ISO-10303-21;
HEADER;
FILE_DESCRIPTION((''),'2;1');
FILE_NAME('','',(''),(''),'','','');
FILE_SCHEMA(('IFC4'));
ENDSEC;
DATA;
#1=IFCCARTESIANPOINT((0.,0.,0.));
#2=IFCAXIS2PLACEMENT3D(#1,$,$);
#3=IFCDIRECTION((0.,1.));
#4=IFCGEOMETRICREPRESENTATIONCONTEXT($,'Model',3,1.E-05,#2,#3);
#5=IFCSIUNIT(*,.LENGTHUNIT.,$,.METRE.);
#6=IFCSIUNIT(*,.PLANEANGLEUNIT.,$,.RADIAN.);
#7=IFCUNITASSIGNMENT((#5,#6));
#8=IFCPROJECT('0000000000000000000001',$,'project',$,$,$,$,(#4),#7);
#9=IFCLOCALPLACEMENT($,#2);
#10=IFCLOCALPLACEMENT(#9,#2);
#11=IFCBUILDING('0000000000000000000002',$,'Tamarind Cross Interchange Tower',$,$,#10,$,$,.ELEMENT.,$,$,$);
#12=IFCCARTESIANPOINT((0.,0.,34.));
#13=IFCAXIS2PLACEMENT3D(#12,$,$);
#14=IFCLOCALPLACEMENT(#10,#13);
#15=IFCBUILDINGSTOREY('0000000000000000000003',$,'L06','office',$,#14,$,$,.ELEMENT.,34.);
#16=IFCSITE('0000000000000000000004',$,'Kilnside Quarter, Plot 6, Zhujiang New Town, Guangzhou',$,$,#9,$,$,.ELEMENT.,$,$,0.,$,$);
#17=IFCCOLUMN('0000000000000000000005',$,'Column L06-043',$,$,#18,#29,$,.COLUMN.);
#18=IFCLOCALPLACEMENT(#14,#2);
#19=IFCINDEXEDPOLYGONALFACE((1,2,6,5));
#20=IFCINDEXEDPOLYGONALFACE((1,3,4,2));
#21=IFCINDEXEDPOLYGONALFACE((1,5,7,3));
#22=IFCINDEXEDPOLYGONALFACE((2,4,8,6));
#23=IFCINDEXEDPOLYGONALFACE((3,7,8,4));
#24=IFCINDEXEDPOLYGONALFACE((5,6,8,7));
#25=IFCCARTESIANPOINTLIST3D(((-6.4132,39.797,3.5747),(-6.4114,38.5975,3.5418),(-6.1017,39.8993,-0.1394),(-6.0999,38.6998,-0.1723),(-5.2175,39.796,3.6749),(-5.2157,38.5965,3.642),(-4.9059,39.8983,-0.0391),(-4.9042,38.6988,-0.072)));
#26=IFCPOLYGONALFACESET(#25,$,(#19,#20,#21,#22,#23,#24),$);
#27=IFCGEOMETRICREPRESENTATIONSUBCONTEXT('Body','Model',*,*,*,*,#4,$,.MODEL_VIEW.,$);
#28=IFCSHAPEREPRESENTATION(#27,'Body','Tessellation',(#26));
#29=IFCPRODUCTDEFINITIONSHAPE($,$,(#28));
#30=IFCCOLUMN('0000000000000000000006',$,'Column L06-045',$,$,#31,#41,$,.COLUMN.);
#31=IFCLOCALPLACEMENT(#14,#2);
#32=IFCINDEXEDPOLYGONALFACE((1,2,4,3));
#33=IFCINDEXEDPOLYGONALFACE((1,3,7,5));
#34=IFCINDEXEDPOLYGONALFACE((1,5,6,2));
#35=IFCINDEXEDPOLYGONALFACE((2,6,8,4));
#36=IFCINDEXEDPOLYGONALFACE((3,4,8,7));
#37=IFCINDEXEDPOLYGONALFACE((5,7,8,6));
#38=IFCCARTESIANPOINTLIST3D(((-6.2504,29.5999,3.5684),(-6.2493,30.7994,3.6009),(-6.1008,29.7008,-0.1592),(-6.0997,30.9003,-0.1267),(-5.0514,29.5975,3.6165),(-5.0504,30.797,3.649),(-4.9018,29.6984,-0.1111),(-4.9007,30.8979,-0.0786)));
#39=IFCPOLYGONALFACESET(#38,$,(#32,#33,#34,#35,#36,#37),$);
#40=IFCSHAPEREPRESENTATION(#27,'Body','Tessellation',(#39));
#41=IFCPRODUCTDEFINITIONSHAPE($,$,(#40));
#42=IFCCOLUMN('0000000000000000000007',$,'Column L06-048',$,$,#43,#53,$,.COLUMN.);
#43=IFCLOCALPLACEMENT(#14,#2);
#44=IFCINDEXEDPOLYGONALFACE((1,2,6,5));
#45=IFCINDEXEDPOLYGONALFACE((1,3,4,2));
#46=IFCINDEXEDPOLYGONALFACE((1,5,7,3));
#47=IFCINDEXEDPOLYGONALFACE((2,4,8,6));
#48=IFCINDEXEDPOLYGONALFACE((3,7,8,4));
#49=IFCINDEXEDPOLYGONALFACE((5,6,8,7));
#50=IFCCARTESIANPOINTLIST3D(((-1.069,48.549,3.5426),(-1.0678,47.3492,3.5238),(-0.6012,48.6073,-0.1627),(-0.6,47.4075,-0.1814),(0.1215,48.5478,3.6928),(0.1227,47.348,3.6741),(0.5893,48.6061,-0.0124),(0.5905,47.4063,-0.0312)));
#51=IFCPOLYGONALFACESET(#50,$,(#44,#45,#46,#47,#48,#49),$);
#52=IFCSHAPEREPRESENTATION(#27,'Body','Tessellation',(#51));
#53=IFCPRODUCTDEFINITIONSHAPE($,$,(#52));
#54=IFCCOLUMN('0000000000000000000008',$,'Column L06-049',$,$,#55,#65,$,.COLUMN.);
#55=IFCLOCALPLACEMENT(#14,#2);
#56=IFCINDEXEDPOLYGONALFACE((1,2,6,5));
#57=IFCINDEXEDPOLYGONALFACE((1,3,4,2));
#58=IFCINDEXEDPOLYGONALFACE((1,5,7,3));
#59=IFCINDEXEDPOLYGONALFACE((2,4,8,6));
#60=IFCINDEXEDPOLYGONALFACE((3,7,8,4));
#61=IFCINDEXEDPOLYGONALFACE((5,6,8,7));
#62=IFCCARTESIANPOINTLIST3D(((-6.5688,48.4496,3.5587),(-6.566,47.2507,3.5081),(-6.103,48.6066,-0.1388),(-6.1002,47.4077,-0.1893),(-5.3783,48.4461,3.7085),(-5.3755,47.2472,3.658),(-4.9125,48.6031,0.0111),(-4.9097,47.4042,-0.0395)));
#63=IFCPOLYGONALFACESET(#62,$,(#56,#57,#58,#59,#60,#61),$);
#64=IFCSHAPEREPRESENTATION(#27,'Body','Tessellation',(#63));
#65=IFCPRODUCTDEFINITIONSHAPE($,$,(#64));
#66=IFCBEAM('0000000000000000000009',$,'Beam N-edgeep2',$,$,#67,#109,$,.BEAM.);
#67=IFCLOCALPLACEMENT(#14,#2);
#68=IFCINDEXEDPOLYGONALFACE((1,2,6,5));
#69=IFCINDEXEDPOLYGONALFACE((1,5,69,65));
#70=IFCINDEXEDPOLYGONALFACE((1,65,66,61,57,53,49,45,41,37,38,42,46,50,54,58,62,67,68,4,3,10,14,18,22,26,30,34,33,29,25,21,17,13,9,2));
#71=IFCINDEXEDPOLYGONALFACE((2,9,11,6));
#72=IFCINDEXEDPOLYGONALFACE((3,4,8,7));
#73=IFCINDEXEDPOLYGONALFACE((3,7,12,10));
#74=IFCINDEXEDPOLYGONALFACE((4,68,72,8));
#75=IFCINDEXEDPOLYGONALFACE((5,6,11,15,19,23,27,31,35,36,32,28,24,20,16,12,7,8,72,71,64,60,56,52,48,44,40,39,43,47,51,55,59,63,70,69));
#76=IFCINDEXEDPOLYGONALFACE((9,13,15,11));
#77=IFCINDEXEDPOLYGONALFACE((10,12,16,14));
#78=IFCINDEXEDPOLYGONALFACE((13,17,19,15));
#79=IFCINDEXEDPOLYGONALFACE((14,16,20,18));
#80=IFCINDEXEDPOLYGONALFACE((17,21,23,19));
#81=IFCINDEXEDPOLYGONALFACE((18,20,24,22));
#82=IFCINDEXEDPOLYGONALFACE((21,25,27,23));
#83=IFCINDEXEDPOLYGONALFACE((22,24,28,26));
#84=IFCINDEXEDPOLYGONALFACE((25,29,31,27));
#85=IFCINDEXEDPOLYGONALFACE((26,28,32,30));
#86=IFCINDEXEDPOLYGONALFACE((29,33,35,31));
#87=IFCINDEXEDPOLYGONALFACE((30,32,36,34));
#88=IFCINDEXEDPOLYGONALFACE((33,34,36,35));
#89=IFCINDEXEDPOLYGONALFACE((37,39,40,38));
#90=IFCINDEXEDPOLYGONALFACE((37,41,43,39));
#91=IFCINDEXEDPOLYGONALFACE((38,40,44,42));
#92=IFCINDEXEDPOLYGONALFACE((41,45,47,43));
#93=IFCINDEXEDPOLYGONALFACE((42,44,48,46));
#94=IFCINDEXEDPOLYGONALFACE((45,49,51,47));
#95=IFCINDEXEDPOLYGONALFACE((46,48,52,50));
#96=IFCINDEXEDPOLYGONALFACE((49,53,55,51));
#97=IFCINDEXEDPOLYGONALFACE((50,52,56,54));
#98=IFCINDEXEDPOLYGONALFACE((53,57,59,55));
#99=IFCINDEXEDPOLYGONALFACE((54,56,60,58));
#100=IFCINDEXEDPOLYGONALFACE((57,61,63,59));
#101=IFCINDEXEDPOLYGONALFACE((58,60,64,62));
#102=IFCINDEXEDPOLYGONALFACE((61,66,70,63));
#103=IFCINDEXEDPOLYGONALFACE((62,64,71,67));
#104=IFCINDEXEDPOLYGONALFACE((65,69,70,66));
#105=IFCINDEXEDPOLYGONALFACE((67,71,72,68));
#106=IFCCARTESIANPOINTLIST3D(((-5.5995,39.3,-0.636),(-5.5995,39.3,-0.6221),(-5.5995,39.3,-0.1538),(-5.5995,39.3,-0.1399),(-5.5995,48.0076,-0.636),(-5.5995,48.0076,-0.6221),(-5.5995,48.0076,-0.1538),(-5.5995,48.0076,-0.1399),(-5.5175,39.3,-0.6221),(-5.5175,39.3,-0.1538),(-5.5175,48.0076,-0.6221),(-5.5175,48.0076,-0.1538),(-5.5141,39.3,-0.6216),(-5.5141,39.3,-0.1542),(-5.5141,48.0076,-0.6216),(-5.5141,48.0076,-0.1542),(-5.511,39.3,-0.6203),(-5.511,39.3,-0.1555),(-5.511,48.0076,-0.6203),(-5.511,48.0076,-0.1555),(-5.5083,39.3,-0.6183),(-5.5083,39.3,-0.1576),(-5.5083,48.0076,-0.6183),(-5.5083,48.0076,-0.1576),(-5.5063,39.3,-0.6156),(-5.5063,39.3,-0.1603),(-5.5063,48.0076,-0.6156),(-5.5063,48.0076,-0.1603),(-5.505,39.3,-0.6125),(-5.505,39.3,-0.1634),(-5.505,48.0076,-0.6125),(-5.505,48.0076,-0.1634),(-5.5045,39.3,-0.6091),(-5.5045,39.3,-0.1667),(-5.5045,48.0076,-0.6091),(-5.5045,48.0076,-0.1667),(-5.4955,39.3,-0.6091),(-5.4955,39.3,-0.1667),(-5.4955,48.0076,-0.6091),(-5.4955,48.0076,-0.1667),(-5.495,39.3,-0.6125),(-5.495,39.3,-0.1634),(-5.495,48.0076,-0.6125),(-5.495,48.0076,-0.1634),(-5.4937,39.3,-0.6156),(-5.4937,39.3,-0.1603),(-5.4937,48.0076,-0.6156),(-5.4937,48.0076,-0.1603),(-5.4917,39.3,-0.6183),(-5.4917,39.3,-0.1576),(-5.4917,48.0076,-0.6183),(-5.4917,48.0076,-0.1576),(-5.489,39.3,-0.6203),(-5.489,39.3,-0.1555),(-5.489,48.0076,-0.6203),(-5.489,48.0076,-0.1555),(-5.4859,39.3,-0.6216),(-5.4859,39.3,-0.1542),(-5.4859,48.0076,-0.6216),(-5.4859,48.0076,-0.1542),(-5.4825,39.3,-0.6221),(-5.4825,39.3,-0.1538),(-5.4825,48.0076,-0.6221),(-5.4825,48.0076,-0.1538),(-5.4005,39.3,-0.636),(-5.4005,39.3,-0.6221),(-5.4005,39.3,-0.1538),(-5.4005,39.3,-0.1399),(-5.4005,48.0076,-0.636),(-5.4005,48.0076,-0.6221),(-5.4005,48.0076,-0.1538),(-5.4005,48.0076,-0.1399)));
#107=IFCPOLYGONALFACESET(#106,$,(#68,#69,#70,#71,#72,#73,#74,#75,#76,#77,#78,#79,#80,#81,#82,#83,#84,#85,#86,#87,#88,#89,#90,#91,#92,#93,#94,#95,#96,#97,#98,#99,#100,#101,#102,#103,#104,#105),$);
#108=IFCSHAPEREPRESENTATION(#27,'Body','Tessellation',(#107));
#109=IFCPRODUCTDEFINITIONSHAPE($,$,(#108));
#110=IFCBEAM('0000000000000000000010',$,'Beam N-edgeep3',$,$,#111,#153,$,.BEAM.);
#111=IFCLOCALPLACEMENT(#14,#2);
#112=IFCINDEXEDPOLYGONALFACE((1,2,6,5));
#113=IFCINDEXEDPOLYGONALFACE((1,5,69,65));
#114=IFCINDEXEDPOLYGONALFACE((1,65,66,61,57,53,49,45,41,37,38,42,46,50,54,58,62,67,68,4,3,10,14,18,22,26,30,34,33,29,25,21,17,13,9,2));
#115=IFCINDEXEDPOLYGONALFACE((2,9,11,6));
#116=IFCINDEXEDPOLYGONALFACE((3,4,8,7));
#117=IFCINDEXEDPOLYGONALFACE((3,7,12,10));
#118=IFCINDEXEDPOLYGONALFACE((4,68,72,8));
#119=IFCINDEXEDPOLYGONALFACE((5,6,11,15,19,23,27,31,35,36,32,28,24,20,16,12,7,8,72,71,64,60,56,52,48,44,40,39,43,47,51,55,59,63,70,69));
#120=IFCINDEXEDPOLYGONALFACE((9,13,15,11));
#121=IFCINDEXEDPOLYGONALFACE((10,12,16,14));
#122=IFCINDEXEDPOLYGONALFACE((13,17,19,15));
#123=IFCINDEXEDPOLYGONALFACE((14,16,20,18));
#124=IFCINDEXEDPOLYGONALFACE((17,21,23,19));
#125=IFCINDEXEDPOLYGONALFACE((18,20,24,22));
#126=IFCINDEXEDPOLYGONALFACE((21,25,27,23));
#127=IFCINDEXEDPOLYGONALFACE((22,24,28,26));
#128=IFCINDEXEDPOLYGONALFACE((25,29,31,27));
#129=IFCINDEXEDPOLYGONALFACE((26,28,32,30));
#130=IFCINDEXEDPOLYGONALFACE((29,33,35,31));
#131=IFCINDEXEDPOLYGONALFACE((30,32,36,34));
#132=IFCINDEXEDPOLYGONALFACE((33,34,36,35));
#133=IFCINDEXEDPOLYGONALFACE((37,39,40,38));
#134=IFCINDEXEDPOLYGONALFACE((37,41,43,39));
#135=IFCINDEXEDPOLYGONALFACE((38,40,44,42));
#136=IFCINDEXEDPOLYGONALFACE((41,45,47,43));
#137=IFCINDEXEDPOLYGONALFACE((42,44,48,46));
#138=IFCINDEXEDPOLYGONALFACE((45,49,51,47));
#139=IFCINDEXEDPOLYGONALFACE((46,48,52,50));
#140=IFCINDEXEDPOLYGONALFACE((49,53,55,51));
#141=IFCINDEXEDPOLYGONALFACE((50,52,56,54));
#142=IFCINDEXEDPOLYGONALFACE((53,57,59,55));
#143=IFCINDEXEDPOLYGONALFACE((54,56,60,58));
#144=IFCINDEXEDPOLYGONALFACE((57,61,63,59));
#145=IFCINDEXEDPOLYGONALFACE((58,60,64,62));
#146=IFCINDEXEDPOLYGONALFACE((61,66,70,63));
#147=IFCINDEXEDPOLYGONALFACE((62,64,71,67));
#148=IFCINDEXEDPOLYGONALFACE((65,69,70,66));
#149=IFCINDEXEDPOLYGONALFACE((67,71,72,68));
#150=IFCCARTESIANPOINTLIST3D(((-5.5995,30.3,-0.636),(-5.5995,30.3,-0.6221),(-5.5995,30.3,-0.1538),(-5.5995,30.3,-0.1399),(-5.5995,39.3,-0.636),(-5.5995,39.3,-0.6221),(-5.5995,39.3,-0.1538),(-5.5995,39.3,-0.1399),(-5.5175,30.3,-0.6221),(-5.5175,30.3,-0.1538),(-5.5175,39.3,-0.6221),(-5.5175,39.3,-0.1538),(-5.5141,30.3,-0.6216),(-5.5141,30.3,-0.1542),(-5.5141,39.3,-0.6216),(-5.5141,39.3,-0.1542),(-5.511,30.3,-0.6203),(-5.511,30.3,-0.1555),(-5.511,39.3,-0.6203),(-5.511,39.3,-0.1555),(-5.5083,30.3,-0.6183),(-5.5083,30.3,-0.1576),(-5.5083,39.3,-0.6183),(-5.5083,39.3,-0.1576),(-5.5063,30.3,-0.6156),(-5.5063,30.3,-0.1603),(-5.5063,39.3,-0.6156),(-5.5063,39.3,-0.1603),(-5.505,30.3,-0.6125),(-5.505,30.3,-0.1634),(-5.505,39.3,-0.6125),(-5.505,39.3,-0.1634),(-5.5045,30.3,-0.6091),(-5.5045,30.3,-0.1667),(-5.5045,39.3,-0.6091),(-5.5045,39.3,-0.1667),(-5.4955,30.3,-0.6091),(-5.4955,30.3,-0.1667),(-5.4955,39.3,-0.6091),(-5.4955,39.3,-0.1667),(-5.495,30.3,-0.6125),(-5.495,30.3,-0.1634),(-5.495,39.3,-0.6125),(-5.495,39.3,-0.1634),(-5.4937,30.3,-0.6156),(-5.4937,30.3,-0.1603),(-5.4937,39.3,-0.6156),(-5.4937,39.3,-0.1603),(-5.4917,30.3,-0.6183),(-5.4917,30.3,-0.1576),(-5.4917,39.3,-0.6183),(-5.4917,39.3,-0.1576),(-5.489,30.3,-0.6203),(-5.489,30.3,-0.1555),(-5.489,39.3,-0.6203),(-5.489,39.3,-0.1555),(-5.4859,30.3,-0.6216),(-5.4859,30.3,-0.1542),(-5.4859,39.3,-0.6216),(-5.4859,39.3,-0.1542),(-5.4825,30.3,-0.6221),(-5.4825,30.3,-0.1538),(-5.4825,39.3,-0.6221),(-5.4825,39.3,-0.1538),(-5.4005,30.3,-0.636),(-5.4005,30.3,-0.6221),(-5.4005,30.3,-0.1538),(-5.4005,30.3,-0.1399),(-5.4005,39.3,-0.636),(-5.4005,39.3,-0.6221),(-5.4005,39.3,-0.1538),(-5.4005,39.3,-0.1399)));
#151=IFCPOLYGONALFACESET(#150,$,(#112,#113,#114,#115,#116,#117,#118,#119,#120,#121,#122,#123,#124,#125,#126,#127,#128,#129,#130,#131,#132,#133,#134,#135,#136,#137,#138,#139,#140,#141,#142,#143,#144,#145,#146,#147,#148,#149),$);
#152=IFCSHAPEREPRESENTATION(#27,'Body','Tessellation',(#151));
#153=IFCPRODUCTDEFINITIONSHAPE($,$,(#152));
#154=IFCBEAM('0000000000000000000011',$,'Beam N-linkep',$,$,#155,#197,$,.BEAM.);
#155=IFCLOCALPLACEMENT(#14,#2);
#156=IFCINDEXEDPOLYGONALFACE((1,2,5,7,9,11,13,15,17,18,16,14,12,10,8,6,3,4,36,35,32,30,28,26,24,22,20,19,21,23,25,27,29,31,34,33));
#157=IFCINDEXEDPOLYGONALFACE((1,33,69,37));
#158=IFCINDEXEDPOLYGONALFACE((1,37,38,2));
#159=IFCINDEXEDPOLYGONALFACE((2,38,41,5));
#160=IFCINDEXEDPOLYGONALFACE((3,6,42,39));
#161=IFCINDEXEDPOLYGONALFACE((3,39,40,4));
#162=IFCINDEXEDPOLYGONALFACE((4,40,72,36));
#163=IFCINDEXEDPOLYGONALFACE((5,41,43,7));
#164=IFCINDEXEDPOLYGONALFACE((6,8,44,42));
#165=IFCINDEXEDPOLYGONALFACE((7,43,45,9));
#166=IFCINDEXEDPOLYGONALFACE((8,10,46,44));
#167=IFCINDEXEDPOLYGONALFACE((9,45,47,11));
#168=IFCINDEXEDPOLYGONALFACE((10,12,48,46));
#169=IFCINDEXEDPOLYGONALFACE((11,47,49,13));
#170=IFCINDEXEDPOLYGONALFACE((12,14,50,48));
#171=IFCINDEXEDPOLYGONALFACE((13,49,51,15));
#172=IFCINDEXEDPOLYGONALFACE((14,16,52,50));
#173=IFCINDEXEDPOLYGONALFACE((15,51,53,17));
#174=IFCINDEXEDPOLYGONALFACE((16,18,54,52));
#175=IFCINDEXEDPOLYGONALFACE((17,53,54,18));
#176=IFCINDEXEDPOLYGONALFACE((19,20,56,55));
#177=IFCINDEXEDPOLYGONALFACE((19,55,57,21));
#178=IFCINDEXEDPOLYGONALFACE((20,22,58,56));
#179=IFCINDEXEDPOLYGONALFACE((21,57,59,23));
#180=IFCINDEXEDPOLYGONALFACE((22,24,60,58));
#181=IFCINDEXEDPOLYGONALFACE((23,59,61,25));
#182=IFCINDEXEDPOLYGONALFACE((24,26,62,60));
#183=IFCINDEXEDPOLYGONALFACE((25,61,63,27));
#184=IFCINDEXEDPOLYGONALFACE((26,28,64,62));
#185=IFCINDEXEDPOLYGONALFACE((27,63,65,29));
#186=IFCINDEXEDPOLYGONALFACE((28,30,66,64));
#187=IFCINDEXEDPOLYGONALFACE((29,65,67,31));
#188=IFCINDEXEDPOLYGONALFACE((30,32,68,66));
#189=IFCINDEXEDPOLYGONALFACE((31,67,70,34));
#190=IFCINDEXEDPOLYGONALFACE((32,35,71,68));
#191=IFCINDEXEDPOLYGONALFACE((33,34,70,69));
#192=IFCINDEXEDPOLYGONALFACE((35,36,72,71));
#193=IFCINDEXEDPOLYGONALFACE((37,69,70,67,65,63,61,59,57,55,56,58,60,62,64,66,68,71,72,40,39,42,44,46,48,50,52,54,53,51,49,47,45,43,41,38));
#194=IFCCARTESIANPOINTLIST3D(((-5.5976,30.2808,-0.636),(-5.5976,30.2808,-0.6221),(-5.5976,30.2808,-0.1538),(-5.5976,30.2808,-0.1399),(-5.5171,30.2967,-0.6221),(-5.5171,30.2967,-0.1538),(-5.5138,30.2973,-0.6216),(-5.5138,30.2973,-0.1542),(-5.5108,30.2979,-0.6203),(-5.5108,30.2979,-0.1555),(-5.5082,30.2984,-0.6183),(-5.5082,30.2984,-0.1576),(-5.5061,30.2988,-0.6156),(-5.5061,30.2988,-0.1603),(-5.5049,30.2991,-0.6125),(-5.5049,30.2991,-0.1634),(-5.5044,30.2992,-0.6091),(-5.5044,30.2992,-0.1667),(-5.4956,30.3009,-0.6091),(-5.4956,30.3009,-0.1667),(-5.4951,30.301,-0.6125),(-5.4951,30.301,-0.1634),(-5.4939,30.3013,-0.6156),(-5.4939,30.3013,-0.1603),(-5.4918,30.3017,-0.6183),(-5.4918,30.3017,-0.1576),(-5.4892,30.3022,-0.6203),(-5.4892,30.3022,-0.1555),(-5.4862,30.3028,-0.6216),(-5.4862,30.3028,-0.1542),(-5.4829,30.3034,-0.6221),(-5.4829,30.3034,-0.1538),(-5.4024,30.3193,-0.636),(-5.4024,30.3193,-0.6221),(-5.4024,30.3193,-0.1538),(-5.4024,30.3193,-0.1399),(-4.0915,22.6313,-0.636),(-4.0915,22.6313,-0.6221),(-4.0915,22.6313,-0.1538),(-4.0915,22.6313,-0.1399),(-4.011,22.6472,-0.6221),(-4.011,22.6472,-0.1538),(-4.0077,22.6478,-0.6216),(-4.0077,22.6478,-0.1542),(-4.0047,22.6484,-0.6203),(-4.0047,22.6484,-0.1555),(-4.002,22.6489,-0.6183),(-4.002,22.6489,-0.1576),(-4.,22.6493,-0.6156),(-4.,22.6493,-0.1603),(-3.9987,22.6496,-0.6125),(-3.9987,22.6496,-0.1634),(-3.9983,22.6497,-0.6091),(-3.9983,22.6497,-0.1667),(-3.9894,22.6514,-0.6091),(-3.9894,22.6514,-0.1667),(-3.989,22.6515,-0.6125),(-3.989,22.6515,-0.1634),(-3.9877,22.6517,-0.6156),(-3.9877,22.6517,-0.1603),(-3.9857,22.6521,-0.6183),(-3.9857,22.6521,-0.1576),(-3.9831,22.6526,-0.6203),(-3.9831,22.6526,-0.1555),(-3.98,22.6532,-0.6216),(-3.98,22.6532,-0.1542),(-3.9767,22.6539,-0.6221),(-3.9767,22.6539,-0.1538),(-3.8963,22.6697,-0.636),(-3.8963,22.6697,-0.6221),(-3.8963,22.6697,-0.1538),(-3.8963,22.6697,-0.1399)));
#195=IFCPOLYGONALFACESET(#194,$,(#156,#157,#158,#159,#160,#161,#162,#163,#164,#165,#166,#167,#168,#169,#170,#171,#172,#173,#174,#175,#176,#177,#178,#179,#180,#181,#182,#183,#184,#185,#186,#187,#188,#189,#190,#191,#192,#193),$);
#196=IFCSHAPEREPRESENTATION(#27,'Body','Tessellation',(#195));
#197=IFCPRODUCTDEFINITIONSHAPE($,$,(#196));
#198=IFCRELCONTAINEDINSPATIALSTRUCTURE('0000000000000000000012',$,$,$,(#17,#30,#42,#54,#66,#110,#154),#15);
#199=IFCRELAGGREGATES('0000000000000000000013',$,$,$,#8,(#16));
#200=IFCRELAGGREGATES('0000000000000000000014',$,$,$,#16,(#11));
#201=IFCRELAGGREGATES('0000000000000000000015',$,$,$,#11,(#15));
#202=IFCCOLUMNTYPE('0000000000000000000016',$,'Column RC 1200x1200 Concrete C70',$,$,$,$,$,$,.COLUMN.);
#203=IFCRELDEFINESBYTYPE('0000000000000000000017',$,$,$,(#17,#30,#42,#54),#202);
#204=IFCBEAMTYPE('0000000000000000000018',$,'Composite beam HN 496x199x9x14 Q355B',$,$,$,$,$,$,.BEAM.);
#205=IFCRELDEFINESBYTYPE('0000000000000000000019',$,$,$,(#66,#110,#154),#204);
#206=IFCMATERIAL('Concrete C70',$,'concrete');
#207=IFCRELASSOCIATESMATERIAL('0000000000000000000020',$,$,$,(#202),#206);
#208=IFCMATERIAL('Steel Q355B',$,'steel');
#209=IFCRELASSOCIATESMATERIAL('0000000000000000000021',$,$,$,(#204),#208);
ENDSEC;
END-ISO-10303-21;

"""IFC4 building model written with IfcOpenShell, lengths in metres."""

from ifc_helpers import new_model, si_unit, direction, frame, origin, origin_2d, place, context, subcontext, project, spatial, rectangle, i_section, extrude, material, material_profile, profile_set, type_object, element, save


model = new_model("IFC4")

# Units and contexts
model_context = context("Model", 3, precision=1e-05, world=origin(), true_north=direction((0.0, 1.0)))
body_context = subcontext(model_context, "Body", "Model", "MODEL_VIEW")
ifc_project = project(units=[si_unit("LENGTHUNIT", "METRE"), si_unit("PLANEANGLEUNIT", "RADIAN")], contexts=[model_context])

# Site, building, storey
site_placement = place(None, origin())
site = spatial("IfcSite", under=ifc_project, at=site_placement, Name="Kilnside Quarter, Plot 6, Zhujiang New Town, Guangzhou", CompositionType="ELEMENT", RefElevation=0.0)
building_placement = place(site_placement, origin())
building = spatial("IfcBuilding", under=site, at=building_placement, Name="Tamarind Cross Interchange Tower", CompositionType="ELEMENT")
storey_placement = place(building_placement, frame((0.0, 0.0, 34.0)))
storey = spatial("IfcBuildingStorey", under=building, at=storey_placement, Name="L06", Description="office", CompositionType="ELEMENT", Elevation=34.0)

# Columns
ifc_material_1 = material(Name="Concrete C70", Category="concrete")
ifc_material_profile_1 = material_profile(ifc_material_1, rectangle(XDim=1.2, YDim=1.2, at=origin_2d()), Name="RC 1200x1200")
ifc_profile_set_1 = profile_set([ifc_material_profile_1], Name="Concrete C70")
column_type = type_object("IfcColumnType", Name="Column RC 1200x1200 Concrete C70", PredefinedType="COLUMN", material=ifc_profile_set_1)
column_1_placement = place(storey_placement, frame((-5.5029, 39.2991, -0.1057), z_axis=(-0.083551, -0.027436, 0.996126), x_axis=(0.996502, -0.000803, 0.08356)))
element("IfcColumn", 1, at=column_1_placement, inside=storey, type_object=column_type, Name="Column L06-043", PredefinedType="COLUMN", context=body_context, shape_type="SweptSolid", body=[
    extrude(rectangle(XDim=1.2, YDim=1.2, at=origin_2d()), origin(), (0.0, 0.0, 1.0), 3.7285),
])
column_2_placement = place(storey_placement, frame((-5.5007, 30.2993, -0.1189), z_axis=(-0.040102, -0.027018, 0.99883), x_axis=(0.999195, -0.001996, 0.040063)))
element("IfcColumn", 2, at=column_2_placement, inside=storey, type_object=column_type, Name="Column L06-045", PredefinedType="COLUMN", context=body_context, shape_type="SweptSolid", body=[
    extrude(rectangle(XDim=1.2, YDim=1.2, at=origin_2d()), origin(), (0.0, 0.0, 1.0), 3.7319),
])
column_3_placement = place(storey_placement, frame((-0.0054, 48.0068, -0.0969), z_axis=(-0.125234, -0.015622, 0.992004), x_axis=(0.992127, -0.000996, 0.125234)))
element("IfcColumn", 3, at=column_3_placement, inside=storey, type_object=column_type, Name="Column L06-048", PredefinedType="COLUMN", context=body_context, shape_type="SweptSolid", body=[
    extrude(rectangle(XDim=1.2, YDim=1.2, at=origin_2d()), origin(), (0.0, 0.0, 1.0), 3.7351),
])
column_4_placement = place(storey_placement, frame((-5.5063, 48.0054, -0.0891), z_axis=(-0.124883, -0.042086, 0.991278), x_axis=(0.992169, -0.002931, 0.124871)))
element("IfcColumn", 4, at=column_4_placement, inside=storey, type_object=column_type, Name="Column L06-049", PredefinedType="COLUMN", context=body_context, shape_type="SweptSolid", body=[
    extrude(rectangle(XDim=1.2, YDim=1.2, at=origin_2d()), origin(), (0.0, 0.0, 1.0), 3.73),
])

# Beams
ifc_material_2 = material(Name="Steel Q355B", Category="steel")
ifc_material_profile_2 = material_profile(ifc_material_2, i_section(OverallWidth=0.199, OverallDepth=0.4961, WebThickness=0.009, FlangeThickness=0.0139, FilletRadius=0.0129, at=origin_2d()), Name="HN 496x199x9x14")
ifc_profile_set_2 = profile_set([ifc_material_profile_2], Name="Steel Q355B")
beam_type_1 = type_object("IfcBeamType", Name="Composite beam HN 496x199x9x14 Q355B", PredefinedType="BEAM", material=ifc_profile_set_2)
beam_1_placement = place(storey_placement, frame((-5.5, 48.0076, -0.3879), z_axis=(0.0, -1.0, 0.0), x_axis=(1.0, 0.0, 0.0)))
element("IfcBeam", 5, at=beam_1_placement, inside=storey, type_object=beam_type_1, Name="Beam N-edgeep2", PredefinedType="BEAM", context=body_context, shape_type="SweptSolid", body=[
    extrude(i_section(OverallWidth=0.199, OverallDepth=0.4961, WebThickness=0.009, FlangeThickness=0.0139, FilletRadius=0.0129, at=origin_2d()), origin(), (0.0, 0.0, 1.0), 8.7075),
])
beam_2_placement = place(storey_placement, frame((-5.5, 39.3, -0.3879), z_axis=(0.0, -1.0, 0.0), x_axis=(1.0, 0.0, 0.0)))
element("IfcBeam", 6, at=beam_2_placement, inside=storey, type_object=beam_type_1, Name="Beam N-edgeep3", PredefinedType="BEAM", context=body_context, shape_type="SweptSolid", body=[
    extrude(i_section(OverallWidth=0.199, OverallDepth=0.4961, WebThickness=0.009, FlangeThickness=0.0139, FilletRadius=0.0129, at=origin_2d()), origin(), (0.0, 0.0, 1.0), 9.0),
])
beam_3_placement = place(storey_placement, frame((-5.5, 30.3, -0.3879), z_axis=(0.193182, -0.981163, 0.0), x_axis=(0.981163, 0.193182, 0.0)))
element("IfcBeam", 7, at=beam_3_placement, inside=storey, type_object=beam_type_1, Name="Beam N-linkep", PredefinedType="BEAM", context=body_context, shape_type="SweptSolid", body=[
    extrude(i_section(OverallWidth=0.199, OverallDepth=0.4961, WebThickness=0.009, FlangeThickness=0.0139, FilletRadius=0.0129, at=origin_2d()), origin(), (0.0, 0.0, 1.0), 7.7964),
])

save(model, "model.ifc")
